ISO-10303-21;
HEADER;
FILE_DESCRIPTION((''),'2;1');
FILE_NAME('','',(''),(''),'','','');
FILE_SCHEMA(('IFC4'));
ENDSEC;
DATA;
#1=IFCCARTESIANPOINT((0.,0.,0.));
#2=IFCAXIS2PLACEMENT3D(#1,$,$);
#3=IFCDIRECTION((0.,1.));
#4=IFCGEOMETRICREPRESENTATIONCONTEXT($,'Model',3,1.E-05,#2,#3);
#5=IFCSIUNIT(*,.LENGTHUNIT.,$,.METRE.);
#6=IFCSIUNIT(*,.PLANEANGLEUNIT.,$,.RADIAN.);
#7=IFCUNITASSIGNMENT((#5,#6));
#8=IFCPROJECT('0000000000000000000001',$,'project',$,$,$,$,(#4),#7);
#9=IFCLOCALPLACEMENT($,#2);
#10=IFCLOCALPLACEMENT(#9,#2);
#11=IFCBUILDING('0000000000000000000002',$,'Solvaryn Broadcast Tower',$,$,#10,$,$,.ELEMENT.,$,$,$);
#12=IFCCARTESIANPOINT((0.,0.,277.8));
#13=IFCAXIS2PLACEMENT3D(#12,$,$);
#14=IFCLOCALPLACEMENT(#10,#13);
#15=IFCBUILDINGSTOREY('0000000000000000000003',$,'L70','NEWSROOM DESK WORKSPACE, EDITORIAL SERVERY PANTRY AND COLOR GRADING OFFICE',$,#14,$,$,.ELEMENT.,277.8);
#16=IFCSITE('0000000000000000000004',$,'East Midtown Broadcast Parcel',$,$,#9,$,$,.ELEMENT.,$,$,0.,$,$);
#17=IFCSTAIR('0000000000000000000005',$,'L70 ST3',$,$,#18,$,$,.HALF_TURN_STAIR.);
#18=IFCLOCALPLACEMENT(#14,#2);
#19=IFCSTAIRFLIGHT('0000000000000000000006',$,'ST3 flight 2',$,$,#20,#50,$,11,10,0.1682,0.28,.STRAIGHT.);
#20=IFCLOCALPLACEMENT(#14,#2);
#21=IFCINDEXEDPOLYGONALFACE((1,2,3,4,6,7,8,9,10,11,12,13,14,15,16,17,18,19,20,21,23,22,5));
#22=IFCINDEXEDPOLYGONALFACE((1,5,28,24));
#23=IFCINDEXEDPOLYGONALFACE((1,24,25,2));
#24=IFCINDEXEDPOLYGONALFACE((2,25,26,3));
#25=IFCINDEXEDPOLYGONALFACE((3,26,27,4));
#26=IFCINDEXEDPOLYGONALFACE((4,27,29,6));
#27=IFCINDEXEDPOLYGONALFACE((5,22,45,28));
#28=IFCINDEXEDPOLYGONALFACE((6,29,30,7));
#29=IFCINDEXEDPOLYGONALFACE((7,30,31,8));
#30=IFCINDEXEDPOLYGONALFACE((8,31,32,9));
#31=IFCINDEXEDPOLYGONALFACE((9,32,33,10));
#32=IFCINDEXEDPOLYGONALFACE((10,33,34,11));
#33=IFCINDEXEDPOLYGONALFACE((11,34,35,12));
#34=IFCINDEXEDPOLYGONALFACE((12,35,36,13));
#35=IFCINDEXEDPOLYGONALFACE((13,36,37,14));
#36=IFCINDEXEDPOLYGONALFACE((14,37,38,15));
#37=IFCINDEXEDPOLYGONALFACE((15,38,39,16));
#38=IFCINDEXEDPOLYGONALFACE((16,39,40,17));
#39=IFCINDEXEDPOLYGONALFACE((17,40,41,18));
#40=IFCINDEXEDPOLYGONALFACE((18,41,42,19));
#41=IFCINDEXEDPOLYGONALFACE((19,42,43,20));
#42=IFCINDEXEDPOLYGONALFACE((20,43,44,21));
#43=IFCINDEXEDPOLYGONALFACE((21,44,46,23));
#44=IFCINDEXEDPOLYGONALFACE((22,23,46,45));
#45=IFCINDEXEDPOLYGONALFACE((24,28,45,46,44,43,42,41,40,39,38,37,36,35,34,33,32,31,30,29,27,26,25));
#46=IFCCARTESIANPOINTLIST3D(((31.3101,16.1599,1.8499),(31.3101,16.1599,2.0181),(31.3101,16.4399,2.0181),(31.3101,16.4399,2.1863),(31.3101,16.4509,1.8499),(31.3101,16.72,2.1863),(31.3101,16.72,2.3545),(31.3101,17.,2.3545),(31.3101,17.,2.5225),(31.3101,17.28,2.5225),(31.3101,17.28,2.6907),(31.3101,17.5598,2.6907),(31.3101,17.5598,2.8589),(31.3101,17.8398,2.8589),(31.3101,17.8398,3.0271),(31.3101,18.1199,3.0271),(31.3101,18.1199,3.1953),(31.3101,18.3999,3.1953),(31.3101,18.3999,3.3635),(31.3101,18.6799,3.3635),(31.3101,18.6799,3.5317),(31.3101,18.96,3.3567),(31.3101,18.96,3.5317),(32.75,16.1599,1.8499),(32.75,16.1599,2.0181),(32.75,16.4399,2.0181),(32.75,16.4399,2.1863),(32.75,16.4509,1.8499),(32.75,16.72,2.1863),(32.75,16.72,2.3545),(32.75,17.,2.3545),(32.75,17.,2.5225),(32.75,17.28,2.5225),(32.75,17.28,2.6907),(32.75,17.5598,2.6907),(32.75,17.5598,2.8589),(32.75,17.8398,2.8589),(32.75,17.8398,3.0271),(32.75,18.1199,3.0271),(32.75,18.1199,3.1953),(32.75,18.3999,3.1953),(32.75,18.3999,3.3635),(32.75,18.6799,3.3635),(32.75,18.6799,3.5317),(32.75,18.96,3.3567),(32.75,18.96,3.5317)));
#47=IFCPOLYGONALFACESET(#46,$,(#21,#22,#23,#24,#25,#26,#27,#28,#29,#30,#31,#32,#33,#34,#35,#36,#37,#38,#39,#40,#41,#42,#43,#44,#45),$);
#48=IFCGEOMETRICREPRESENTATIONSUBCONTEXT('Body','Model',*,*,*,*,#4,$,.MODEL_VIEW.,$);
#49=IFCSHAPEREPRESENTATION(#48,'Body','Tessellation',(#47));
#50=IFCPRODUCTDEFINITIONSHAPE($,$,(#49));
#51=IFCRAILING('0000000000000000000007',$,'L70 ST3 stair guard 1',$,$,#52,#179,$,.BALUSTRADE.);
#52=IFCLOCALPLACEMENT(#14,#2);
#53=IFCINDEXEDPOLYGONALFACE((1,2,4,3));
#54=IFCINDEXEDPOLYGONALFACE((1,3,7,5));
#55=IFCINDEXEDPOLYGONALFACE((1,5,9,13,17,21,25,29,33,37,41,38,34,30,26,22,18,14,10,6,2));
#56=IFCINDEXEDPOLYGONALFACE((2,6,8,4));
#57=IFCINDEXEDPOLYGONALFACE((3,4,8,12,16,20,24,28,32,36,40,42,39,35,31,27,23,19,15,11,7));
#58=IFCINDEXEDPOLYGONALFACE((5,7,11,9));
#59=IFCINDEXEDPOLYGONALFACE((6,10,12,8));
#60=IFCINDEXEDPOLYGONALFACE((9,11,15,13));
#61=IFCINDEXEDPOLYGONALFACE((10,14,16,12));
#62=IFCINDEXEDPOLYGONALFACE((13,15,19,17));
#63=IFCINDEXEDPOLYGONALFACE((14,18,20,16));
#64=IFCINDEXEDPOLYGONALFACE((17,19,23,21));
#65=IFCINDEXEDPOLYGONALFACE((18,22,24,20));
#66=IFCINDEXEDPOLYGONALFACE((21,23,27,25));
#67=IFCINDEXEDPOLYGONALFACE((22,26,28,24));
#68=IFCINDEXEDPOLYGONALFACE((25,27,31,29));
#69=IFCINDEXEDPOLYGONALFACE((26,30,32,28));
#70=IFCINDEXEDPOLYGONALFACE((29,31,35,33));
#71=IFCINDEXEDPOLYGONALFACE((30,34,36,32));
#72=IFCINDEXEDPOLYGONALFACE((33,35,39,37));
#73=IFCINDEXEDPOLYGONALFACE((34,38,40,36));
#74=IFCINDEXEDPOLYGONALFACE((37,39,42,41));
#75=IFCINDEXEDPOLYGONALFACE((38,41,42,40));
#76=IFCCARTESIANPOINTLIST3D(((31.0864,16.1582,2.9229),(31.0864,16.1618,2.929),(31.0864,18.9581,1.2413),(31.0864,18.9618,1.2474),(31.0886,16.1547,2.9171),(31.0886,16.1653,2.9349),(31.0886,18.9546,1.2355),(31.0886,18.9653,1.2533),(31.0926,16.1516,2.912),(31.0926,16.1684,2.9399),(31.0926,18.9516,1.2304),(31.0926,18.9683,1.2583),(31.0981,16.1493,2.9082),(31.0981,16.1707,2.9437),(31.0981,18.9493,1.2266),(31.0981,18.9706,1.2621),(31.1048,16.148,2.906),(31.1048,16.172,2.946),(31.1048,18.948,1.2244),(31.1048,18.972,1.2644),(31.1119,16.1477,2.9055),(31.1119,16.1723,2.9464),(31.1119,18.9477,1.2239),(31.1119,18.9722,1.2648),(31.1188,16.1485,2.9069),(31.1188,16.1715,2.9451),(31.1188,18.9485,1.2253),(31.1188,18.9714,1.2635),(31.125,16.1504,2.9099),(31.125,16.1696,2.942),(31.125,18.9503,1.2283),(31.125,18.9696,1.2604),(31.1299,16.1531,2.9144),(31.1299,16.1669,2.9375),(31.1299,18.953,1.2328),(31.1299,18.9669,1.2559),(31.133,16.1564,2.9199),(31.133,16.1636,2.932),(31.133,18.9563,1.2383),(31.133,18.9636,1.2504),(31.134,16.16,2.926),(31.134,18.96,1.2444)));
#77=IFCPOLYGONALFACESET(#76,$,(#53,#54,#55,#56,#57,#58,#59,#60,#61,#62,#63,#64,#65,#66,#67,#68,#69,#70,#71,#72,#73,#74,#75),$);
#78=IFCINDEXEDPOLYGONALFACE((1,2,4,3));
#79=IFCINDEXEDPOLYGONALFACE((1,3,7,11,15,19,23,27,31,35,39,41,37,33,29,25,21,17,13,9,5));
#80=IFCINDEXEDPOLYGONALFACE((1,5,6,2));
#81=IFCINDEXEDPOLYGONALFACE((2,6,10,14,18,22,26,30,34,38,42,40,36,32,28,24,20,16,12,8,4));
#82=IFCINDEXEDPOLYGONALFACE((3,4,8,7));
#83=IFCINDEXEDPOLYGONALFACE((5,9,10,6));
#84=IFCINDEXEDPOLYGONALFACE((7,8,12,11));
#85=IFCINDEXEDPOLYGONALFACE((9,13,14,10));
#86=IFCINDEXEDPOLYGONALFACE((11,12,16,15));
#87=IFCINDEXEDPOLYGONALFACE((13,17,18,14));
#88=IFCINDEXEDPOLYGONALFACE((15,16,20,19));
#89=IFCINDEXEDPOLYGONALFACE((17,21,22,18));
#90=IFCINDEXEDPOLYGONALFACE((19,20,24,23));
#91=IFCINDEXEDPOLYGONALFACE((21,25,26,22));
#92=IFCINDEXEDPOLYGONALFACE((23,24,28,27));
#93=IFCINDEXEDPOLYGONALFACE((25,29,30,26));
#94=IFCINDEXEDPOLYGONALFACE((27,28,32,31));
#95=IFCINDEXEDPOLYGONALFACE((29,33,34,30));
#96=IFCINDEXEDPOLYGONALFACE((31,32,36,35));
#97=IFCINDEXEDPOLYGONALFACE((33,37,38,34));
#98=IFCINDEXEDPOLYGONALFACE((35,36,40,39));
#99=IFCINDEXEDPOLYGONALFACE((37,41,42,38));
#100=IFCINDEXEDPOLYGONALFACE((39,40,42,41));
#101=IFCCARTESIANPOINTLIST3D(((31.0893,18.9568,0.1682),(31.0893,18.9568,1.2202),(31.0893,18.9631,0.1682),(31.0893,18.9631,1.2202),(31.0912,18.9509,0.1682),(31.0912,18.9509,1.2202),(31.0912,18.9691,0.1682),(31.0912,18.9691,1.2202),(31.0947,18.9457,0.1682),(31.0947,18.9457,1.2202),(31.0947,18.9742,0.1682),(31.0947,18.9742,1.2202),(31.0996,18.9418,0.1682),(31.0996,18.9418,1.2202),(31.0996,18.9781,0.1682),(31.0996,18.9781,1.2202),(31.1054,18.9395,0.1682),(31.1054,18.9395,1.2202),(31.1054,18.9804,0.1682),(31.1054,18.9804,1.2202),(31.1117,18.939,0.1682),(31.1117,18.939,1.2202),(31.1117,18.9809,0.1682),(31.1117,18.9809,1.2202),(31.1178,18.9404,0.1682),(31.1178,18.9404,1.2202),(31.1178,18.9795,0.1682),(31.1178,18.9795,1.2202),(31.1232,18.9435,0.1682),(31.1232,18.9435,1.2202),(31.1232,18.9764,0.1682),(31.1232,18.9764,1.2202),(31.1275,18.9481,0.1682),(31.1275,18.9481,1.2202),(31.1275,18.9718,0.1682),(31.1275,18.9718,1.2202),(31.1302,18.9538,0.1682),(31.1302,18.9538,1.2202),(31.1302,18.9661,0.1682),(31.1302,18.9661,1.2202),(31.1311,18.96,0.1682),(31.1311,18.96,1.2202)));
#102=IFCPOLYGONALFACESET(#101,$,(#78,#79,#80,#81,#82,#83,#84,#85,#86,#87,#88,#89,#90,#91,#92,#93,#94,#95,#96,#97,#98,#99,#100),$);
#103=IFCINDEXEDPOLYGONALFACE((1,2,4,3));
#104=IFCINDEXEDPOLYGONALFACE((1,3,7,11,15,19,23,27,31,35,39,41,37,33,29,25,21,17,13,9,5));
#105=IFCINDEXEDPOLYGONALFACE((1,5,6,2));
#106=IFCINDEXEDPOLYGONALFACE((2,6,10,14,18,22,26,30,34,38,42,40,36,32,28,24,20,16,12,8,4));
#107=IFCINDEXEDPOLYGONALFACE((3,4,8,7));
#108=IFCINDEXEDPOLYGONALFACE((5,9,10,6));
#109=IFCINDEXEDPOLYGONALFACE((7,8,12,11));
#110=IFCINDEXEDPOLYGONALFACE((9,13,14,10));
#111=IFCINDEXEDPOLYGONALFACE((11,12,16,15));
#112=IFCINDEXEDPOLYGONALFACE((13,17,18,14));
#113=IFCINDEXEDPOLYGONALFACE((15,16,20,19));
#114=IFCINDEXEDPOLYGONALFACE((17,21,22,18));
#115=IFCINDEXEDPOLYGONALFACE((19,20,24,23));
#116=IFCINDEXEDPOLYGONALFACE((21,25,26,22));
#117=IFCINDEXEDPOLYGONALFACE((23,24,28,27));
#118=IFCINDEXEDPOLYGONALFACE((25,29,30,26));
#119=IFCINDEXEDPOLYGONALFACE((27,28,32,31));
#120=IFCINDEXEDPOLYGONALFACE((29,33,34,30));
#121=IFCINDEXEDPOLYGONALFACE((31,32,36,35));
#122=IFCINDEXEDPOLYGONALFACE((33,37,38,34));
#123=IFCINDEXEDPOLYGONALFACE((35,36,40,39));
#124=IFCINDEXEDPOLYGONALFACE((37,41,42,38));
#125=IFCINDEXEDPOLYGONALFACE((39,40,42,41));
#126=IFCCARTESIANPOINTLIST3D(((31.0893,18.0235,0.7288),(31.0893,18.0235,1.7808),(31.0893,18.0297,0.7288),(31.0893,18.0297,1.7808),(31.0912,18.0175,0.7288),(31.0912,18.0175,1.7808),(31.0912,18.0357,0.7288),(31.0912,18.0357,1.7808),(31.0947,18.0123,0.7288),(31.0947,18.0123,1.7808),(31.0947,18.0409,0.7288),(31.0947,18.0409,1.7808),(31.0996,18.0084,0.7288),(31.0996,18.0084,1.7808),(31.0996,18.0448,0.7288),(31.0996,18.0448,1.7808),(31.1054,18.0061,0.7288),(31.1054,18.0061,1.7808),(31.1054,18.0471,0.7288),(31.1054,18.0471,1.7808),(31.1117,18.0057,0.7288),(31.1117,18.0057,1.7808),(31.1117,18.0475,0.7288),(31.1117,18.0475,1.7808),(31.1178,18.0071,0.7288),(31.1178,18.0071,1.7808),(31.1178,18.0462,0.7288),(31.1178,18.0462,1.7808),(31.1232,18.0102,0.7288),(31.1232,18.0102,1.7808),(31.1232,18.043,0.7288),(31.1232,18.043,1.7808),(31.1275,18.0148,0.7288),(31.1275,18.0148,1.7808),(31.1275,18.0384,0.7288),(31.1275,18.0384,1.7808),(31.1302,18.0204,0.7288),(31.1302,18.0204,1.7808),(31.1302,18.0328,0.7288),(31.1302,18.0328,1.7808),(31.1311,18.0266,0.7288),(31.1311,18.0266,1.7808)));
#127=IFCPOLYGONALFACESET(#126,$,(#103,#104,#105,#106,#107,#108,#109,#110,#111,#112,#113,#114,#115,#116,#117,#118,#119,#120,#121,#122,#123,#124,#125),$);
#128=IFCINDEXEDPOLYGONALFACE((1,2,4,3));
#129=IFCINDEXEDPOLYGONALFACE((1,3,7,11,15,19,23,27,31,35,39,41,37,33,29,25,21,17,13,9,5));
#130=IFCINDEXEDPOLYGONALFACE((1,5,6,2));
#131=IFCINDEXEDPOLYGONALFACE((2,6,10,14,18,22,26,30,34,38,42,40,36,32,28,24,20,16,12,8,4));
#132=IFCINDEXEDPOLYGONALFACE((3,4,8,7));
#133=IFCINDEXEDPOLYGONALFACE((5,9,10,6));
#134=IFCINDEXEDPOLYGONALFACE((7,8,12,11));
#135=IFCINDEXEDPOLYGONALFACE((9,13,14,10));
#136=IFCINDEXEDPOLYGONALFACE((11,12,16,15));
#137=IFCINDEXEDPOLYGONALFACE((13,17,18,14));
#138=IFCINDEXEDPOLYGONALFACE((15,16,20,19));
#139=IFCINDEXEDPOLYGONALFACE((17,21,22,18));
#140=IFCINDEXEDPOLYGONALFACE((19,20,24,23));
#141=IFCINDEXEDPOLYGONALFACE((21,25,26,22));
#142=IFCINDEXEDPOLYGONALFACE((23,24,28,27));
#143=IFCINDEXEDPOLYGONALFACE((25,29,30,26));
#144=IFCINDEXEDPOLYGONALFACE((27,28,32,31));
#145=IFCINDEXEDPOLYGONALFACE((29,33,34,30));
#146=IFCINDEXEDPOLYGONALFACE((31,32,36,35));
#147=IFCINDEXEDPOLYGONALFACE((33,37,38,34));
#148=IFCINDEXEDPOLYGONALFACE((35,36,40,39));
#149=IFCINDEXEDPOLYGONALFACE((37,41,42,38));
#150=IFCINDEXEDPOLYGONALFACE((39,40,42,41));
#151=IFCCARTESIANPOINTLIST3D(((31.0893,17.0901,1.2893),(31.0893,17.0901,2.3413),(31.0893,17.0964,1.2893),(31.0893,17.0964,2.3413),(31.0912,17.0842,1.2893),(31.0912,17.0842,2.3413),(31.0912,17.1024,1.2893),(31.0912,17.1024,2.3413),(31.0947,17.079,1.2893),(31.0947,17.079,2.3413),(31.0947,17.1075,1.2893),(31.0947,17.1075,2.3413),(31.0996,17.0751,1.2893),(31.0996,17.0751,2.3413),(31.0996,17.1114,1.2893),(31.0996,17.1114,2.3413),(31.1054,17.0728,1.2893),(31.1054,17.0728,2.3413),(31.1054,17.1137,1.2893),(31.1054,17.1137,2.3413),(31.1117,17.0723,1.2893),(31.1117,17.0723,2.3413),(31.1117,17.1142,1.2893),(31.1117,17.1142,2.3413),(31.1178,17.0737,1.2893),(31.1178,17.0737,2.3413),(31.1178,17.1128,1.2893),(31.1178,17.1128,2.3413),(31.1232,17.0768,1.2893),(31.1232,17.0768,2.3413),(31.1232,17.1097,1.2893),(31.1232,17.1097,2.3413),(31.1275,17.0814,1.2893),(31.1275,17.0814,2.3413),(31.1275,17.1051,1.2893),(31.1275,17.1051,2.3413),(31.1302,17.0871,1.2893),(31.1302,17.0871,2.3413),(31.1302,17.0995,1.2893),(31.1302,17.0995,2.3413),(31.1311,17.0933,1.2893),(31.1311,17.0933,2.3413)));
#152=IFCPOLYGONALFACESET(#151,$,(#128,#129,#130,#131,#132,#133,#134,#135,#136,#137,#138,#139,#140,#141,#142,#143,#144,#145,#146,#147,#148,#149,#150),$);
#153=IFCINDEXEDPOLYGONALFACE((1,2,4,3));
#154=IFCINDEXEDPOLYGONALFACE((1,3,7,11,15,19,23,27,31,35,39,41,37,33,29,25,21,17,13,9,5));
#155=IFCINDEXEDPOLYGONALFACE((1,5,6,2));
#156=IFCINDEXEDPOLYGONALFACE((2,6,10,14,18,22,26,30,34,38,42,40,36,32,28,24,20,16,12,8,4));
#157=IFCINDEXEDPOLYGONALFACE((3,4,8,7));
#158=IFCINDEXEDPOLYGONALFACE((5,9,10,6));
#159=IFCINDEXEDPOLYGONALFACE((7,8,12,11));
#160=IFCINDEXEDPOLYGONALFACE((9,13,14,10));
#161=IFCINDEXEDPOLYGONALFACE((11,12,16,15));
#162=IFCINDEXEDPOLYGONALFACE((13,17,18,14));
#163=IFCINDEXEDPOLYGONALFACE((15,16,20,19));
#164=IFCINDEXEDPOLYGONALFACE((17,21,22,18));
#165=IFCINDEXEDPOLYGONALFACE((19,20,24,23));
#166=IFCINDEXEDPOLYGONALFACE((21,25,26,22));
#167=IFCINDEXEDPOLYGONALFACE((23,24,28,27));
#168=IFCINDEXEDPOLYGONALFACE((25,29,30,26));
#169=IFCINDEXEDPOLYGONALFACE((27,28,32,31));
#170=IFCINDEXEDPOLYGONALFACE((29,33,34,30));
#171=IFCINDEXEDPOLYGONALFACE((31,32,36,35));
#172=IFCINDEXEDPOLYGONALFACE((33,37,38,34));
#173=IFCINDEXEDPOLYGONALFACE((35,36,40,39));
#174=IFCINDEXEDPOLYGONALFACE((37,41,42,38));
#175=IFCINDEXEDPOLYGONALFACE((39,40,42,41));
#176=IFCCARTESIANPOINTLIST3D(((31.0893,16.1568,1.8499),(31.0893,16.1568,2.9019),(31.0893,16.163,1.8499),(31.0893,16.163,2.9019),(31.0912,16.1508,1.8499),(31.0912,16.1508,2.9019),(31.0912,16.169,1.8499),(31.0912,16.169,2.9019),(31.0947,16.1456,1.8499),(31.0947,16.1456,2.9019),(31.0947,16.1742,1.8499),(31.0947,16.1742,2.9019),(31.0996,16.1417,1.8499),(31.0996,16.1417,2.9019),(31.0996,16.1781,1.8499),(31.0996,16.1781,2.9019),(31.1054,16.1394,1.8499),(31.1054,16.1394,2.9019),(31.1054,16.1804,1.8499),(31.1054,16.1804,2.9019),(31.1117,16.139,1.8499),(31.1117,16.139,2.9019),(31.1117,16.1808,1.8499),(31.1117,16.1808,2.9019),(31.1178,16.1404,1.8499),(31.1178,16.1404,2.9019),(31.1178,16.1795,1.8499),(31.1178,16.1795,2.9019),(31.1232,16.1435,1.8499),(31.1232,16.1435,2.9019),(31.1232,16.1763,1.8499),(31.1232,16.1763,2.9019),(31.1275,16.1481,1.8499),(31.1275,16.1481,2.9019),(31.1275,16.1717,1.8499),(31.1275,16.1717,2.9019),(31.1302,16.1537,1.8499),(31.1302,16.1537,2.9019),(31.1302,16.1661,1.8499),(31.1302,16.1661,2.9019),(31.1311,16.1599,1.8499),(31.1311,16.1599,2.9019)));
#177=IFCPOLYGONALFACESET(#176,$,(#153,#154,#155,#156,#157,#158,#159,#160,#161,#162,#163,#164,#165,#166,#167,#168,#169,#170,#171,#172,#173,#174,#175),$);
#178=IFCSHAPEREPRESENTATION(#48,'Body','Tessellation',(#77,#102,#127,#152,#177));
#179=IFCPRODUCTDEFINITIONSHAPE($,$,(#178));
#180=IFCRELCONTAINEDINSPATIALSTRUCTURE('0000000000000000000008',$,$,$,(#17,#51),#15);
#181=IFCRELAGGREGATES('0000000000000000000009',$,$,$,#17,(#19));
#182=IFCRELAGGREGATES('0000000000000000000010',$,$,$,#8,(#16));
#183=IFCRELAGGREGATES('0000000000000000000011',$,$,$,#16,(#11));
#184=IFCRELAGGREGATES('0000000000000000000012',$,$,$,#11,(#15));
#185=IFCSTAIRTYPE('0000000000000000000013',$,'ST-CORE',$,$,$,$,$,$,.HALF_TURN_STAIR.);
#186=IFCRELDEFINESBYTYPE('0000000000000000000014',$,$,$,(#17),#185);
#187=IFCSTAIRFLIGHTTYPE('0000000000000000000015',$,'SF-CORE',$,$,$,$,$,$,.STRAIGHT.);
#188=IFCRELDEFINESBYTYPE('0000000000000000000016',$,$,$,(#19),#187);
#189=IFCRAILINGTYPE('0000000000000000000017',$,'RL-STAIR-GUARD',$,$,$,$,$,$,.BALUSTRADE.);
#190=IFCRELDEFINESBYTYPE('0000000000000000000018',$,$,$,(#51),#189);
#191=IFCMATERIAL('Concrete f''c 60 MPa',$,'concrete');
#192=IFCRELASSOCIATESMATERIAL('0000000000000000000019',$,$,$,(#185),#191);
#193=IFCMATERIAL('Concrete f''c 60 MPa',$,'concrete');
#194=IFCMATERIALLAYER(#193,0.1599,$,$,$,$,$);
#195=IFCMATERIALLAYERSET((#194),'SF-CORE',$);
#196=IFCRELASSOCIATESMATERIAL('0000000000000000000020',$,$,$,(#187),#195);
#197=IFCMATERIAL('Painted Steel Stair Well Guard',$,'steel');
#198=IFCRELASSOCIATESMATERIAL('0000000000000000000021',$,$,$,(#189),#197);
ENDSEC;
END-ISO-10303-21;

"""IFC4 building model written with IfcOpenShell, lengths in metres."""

from ifc_helpers import new_model, si_unit, direction, frame, origin, origin_2d, place, context, subcontext, project, spatial, polyline, circle, outline, extrude, material, layer, layer_set, type_object, element, aggregate, save


model = new_model("IFC4")

# Units and contexts
model_context = context("Model", 3, precision=1e-05, world=origin(), true_north=direction((0.0, 1.0)))
body_context = subcontext(model_context, "Body", "Model", "MODEL_VIEW")
ifc_project = project(units=[si_unit("LENGTHUNIT", "METRE"), si_unit("PLANEANGLEUNIT", "RADIAN")], contexts=[model_context])

# Site, building, storey
site_placement = place(None, origin())
site = spatial("IfcSite", under=ifc_project, at=site_placement, Name="East Midtown Broadcast Parcel", CompositionType="ELEMENT", RefElevation=0.0)
building_placement = place(site_placement, origin())
building = spatial("IfcBuilding", under=site, at=building_placement, Name="Solvaryn Broadcast Tower", CompositionType="ELEMENT")
storey_placement = place(building_placement, frame((0.0, 0.0, 277.8)))
storey = spatial("IfcBuildingStorey", under=building, at=storey_placement, Name="L70", Description="NEWSROOM DESK WORKSPACE, EDITORIAL SERVERY PANTRY AND COLOR GRADING OFFICE", CompositionType="ELEMENT", Elevation=277.8)

# Stair, stair flight
ifc_material_1 = material(Name="Concrete f'c 60 MPa", Category="concrete")
stair_type = type_object("IfcStairType", Name="ST-CORE", PredefinedType="HALF_TURN_STAIR", material=ifc_material_1)
stair_placement = place(storey_placement, origin())
stair = element("IfcStair", 1, at=stair_placement, inside=storey, type_object=stair_type, Name="L70 ST3", PredefinedType="HALF_TURN_STAIR")
ifc_material_2 = material(Name="Concrete f'c 60 MPa", Category="concrete")
ifc_layer_1 = layer(ifc_material_2, 0.1599)
ifc_layer_set_1 = layer_set([ifc_layer_1], Name="SF-CORE")
stair_flight_type = type_object("IfcStairFlightType", Name="SF-CORE", PredefinedType="STRAIGHT", material=ifc_layer_set_1)
stair_flight_1_placement = place(storey_placement, frame((32.03, 16.1599, 1.8499), z_axis=(0.0, 0.0, 1.0), x_axis=(0.0, 1.0, 0.0)))
stair_flight_1 = element("IfcStairFlight", 2, at=stair_flight_1_placement, type_object=stair_flight_type, Name="ST3 flight 2", NumberOfRisers=11, NumberOfTreads=10, PredefinedType="STRAIGHT", RiserHeight=0.1682, TreadLength=0.28, context=body_context, shape_type="SweptSolid", body=[
    extrude(outline(polyline([(0.0, 0.0), (0.0, 0.1682), (0.28, 0.1682), (0.28, 0.3364), (0.5601, 0.3364), (0.5601, 0.5046), (0.8401, 0.5046), (0.8401, 0.6726), (1.1201, 0.6726), (1.1201, 0.8408), (1.3999, 0.8408), (1.3999, 1.009), (1.6799, 1.009), (1.6799, 1.1772), (1.96, 1.1772), (1.96, 1.3455), (2.24, 1.3455), (2.24, 1.5137), (2.52, 1.5137), (2.52, 1.6819), (2.8, 1.6819), (2.8, 1.8501), (2.8, 1.5068), (0.291, 0.0), (0.0, 0.0)])), frame((0.0, 0.72, 0.0), z_axis=(0.0, -1.0, 0.0), x_axis=(1.0, 0.0, 0.0)), (0.0, 0.0, 1.0), 1.4399),
])
aggregate(stair, [stair_flight_1])

# Railing
ifc_material_3 = material(Name="Painted Steel Stair Well Guard", Category="steel")
railing_type_1 = type_object("IfcRailingType", Name="RL-STAIR-GUARD", PredefinedType="BALUSTRADE", material=ifc_material_3)
railing_1_placement = place(storey_placement, frame((31.1101, 18.96, 0.1682)))
element("IfcRailing", 3, at=railing_1_placement, inside=storey, type_object=railing_type_1, Name="L70 ST3 stair guard 1", PredefinedType="BALUSTRADE", context=body_context, shape_type="SweptSolid", body=[
    extrude(circle(Radius=0.0239, at=origin_2d()), frame((0.0, 0.0, 1.0762), z_axis=(0.0, -0.857275, 0.514858), x_axis=(1.0, 0.0, 0.0)), (0.0, 0.0, 1.0), 3.2661),
    extrude(circle(Radius=0.021, at=origin_2d()), origin(), (0.0, 0.0, 1.0), 1.052),
    extrude(circle(Radius=0.021, at=origin_2d()), frame((0.0, -0.9333, 0.5605)), (0.0, 0.0, 1.0), 1.052),
    extrude(circle(Radius=0.021, at=origin_2d()), frame((0.0, -1.8667, 1.1211)), (0.0, 0.0, 1.0), 1.052),
    extrude(circle(Radius=0.021, at=origin_2d()), frame((0.0, -2.8, 1.6816)), (0.0, 0.0, 1.0), 1.052),
])

save(model, "model.ifc")
